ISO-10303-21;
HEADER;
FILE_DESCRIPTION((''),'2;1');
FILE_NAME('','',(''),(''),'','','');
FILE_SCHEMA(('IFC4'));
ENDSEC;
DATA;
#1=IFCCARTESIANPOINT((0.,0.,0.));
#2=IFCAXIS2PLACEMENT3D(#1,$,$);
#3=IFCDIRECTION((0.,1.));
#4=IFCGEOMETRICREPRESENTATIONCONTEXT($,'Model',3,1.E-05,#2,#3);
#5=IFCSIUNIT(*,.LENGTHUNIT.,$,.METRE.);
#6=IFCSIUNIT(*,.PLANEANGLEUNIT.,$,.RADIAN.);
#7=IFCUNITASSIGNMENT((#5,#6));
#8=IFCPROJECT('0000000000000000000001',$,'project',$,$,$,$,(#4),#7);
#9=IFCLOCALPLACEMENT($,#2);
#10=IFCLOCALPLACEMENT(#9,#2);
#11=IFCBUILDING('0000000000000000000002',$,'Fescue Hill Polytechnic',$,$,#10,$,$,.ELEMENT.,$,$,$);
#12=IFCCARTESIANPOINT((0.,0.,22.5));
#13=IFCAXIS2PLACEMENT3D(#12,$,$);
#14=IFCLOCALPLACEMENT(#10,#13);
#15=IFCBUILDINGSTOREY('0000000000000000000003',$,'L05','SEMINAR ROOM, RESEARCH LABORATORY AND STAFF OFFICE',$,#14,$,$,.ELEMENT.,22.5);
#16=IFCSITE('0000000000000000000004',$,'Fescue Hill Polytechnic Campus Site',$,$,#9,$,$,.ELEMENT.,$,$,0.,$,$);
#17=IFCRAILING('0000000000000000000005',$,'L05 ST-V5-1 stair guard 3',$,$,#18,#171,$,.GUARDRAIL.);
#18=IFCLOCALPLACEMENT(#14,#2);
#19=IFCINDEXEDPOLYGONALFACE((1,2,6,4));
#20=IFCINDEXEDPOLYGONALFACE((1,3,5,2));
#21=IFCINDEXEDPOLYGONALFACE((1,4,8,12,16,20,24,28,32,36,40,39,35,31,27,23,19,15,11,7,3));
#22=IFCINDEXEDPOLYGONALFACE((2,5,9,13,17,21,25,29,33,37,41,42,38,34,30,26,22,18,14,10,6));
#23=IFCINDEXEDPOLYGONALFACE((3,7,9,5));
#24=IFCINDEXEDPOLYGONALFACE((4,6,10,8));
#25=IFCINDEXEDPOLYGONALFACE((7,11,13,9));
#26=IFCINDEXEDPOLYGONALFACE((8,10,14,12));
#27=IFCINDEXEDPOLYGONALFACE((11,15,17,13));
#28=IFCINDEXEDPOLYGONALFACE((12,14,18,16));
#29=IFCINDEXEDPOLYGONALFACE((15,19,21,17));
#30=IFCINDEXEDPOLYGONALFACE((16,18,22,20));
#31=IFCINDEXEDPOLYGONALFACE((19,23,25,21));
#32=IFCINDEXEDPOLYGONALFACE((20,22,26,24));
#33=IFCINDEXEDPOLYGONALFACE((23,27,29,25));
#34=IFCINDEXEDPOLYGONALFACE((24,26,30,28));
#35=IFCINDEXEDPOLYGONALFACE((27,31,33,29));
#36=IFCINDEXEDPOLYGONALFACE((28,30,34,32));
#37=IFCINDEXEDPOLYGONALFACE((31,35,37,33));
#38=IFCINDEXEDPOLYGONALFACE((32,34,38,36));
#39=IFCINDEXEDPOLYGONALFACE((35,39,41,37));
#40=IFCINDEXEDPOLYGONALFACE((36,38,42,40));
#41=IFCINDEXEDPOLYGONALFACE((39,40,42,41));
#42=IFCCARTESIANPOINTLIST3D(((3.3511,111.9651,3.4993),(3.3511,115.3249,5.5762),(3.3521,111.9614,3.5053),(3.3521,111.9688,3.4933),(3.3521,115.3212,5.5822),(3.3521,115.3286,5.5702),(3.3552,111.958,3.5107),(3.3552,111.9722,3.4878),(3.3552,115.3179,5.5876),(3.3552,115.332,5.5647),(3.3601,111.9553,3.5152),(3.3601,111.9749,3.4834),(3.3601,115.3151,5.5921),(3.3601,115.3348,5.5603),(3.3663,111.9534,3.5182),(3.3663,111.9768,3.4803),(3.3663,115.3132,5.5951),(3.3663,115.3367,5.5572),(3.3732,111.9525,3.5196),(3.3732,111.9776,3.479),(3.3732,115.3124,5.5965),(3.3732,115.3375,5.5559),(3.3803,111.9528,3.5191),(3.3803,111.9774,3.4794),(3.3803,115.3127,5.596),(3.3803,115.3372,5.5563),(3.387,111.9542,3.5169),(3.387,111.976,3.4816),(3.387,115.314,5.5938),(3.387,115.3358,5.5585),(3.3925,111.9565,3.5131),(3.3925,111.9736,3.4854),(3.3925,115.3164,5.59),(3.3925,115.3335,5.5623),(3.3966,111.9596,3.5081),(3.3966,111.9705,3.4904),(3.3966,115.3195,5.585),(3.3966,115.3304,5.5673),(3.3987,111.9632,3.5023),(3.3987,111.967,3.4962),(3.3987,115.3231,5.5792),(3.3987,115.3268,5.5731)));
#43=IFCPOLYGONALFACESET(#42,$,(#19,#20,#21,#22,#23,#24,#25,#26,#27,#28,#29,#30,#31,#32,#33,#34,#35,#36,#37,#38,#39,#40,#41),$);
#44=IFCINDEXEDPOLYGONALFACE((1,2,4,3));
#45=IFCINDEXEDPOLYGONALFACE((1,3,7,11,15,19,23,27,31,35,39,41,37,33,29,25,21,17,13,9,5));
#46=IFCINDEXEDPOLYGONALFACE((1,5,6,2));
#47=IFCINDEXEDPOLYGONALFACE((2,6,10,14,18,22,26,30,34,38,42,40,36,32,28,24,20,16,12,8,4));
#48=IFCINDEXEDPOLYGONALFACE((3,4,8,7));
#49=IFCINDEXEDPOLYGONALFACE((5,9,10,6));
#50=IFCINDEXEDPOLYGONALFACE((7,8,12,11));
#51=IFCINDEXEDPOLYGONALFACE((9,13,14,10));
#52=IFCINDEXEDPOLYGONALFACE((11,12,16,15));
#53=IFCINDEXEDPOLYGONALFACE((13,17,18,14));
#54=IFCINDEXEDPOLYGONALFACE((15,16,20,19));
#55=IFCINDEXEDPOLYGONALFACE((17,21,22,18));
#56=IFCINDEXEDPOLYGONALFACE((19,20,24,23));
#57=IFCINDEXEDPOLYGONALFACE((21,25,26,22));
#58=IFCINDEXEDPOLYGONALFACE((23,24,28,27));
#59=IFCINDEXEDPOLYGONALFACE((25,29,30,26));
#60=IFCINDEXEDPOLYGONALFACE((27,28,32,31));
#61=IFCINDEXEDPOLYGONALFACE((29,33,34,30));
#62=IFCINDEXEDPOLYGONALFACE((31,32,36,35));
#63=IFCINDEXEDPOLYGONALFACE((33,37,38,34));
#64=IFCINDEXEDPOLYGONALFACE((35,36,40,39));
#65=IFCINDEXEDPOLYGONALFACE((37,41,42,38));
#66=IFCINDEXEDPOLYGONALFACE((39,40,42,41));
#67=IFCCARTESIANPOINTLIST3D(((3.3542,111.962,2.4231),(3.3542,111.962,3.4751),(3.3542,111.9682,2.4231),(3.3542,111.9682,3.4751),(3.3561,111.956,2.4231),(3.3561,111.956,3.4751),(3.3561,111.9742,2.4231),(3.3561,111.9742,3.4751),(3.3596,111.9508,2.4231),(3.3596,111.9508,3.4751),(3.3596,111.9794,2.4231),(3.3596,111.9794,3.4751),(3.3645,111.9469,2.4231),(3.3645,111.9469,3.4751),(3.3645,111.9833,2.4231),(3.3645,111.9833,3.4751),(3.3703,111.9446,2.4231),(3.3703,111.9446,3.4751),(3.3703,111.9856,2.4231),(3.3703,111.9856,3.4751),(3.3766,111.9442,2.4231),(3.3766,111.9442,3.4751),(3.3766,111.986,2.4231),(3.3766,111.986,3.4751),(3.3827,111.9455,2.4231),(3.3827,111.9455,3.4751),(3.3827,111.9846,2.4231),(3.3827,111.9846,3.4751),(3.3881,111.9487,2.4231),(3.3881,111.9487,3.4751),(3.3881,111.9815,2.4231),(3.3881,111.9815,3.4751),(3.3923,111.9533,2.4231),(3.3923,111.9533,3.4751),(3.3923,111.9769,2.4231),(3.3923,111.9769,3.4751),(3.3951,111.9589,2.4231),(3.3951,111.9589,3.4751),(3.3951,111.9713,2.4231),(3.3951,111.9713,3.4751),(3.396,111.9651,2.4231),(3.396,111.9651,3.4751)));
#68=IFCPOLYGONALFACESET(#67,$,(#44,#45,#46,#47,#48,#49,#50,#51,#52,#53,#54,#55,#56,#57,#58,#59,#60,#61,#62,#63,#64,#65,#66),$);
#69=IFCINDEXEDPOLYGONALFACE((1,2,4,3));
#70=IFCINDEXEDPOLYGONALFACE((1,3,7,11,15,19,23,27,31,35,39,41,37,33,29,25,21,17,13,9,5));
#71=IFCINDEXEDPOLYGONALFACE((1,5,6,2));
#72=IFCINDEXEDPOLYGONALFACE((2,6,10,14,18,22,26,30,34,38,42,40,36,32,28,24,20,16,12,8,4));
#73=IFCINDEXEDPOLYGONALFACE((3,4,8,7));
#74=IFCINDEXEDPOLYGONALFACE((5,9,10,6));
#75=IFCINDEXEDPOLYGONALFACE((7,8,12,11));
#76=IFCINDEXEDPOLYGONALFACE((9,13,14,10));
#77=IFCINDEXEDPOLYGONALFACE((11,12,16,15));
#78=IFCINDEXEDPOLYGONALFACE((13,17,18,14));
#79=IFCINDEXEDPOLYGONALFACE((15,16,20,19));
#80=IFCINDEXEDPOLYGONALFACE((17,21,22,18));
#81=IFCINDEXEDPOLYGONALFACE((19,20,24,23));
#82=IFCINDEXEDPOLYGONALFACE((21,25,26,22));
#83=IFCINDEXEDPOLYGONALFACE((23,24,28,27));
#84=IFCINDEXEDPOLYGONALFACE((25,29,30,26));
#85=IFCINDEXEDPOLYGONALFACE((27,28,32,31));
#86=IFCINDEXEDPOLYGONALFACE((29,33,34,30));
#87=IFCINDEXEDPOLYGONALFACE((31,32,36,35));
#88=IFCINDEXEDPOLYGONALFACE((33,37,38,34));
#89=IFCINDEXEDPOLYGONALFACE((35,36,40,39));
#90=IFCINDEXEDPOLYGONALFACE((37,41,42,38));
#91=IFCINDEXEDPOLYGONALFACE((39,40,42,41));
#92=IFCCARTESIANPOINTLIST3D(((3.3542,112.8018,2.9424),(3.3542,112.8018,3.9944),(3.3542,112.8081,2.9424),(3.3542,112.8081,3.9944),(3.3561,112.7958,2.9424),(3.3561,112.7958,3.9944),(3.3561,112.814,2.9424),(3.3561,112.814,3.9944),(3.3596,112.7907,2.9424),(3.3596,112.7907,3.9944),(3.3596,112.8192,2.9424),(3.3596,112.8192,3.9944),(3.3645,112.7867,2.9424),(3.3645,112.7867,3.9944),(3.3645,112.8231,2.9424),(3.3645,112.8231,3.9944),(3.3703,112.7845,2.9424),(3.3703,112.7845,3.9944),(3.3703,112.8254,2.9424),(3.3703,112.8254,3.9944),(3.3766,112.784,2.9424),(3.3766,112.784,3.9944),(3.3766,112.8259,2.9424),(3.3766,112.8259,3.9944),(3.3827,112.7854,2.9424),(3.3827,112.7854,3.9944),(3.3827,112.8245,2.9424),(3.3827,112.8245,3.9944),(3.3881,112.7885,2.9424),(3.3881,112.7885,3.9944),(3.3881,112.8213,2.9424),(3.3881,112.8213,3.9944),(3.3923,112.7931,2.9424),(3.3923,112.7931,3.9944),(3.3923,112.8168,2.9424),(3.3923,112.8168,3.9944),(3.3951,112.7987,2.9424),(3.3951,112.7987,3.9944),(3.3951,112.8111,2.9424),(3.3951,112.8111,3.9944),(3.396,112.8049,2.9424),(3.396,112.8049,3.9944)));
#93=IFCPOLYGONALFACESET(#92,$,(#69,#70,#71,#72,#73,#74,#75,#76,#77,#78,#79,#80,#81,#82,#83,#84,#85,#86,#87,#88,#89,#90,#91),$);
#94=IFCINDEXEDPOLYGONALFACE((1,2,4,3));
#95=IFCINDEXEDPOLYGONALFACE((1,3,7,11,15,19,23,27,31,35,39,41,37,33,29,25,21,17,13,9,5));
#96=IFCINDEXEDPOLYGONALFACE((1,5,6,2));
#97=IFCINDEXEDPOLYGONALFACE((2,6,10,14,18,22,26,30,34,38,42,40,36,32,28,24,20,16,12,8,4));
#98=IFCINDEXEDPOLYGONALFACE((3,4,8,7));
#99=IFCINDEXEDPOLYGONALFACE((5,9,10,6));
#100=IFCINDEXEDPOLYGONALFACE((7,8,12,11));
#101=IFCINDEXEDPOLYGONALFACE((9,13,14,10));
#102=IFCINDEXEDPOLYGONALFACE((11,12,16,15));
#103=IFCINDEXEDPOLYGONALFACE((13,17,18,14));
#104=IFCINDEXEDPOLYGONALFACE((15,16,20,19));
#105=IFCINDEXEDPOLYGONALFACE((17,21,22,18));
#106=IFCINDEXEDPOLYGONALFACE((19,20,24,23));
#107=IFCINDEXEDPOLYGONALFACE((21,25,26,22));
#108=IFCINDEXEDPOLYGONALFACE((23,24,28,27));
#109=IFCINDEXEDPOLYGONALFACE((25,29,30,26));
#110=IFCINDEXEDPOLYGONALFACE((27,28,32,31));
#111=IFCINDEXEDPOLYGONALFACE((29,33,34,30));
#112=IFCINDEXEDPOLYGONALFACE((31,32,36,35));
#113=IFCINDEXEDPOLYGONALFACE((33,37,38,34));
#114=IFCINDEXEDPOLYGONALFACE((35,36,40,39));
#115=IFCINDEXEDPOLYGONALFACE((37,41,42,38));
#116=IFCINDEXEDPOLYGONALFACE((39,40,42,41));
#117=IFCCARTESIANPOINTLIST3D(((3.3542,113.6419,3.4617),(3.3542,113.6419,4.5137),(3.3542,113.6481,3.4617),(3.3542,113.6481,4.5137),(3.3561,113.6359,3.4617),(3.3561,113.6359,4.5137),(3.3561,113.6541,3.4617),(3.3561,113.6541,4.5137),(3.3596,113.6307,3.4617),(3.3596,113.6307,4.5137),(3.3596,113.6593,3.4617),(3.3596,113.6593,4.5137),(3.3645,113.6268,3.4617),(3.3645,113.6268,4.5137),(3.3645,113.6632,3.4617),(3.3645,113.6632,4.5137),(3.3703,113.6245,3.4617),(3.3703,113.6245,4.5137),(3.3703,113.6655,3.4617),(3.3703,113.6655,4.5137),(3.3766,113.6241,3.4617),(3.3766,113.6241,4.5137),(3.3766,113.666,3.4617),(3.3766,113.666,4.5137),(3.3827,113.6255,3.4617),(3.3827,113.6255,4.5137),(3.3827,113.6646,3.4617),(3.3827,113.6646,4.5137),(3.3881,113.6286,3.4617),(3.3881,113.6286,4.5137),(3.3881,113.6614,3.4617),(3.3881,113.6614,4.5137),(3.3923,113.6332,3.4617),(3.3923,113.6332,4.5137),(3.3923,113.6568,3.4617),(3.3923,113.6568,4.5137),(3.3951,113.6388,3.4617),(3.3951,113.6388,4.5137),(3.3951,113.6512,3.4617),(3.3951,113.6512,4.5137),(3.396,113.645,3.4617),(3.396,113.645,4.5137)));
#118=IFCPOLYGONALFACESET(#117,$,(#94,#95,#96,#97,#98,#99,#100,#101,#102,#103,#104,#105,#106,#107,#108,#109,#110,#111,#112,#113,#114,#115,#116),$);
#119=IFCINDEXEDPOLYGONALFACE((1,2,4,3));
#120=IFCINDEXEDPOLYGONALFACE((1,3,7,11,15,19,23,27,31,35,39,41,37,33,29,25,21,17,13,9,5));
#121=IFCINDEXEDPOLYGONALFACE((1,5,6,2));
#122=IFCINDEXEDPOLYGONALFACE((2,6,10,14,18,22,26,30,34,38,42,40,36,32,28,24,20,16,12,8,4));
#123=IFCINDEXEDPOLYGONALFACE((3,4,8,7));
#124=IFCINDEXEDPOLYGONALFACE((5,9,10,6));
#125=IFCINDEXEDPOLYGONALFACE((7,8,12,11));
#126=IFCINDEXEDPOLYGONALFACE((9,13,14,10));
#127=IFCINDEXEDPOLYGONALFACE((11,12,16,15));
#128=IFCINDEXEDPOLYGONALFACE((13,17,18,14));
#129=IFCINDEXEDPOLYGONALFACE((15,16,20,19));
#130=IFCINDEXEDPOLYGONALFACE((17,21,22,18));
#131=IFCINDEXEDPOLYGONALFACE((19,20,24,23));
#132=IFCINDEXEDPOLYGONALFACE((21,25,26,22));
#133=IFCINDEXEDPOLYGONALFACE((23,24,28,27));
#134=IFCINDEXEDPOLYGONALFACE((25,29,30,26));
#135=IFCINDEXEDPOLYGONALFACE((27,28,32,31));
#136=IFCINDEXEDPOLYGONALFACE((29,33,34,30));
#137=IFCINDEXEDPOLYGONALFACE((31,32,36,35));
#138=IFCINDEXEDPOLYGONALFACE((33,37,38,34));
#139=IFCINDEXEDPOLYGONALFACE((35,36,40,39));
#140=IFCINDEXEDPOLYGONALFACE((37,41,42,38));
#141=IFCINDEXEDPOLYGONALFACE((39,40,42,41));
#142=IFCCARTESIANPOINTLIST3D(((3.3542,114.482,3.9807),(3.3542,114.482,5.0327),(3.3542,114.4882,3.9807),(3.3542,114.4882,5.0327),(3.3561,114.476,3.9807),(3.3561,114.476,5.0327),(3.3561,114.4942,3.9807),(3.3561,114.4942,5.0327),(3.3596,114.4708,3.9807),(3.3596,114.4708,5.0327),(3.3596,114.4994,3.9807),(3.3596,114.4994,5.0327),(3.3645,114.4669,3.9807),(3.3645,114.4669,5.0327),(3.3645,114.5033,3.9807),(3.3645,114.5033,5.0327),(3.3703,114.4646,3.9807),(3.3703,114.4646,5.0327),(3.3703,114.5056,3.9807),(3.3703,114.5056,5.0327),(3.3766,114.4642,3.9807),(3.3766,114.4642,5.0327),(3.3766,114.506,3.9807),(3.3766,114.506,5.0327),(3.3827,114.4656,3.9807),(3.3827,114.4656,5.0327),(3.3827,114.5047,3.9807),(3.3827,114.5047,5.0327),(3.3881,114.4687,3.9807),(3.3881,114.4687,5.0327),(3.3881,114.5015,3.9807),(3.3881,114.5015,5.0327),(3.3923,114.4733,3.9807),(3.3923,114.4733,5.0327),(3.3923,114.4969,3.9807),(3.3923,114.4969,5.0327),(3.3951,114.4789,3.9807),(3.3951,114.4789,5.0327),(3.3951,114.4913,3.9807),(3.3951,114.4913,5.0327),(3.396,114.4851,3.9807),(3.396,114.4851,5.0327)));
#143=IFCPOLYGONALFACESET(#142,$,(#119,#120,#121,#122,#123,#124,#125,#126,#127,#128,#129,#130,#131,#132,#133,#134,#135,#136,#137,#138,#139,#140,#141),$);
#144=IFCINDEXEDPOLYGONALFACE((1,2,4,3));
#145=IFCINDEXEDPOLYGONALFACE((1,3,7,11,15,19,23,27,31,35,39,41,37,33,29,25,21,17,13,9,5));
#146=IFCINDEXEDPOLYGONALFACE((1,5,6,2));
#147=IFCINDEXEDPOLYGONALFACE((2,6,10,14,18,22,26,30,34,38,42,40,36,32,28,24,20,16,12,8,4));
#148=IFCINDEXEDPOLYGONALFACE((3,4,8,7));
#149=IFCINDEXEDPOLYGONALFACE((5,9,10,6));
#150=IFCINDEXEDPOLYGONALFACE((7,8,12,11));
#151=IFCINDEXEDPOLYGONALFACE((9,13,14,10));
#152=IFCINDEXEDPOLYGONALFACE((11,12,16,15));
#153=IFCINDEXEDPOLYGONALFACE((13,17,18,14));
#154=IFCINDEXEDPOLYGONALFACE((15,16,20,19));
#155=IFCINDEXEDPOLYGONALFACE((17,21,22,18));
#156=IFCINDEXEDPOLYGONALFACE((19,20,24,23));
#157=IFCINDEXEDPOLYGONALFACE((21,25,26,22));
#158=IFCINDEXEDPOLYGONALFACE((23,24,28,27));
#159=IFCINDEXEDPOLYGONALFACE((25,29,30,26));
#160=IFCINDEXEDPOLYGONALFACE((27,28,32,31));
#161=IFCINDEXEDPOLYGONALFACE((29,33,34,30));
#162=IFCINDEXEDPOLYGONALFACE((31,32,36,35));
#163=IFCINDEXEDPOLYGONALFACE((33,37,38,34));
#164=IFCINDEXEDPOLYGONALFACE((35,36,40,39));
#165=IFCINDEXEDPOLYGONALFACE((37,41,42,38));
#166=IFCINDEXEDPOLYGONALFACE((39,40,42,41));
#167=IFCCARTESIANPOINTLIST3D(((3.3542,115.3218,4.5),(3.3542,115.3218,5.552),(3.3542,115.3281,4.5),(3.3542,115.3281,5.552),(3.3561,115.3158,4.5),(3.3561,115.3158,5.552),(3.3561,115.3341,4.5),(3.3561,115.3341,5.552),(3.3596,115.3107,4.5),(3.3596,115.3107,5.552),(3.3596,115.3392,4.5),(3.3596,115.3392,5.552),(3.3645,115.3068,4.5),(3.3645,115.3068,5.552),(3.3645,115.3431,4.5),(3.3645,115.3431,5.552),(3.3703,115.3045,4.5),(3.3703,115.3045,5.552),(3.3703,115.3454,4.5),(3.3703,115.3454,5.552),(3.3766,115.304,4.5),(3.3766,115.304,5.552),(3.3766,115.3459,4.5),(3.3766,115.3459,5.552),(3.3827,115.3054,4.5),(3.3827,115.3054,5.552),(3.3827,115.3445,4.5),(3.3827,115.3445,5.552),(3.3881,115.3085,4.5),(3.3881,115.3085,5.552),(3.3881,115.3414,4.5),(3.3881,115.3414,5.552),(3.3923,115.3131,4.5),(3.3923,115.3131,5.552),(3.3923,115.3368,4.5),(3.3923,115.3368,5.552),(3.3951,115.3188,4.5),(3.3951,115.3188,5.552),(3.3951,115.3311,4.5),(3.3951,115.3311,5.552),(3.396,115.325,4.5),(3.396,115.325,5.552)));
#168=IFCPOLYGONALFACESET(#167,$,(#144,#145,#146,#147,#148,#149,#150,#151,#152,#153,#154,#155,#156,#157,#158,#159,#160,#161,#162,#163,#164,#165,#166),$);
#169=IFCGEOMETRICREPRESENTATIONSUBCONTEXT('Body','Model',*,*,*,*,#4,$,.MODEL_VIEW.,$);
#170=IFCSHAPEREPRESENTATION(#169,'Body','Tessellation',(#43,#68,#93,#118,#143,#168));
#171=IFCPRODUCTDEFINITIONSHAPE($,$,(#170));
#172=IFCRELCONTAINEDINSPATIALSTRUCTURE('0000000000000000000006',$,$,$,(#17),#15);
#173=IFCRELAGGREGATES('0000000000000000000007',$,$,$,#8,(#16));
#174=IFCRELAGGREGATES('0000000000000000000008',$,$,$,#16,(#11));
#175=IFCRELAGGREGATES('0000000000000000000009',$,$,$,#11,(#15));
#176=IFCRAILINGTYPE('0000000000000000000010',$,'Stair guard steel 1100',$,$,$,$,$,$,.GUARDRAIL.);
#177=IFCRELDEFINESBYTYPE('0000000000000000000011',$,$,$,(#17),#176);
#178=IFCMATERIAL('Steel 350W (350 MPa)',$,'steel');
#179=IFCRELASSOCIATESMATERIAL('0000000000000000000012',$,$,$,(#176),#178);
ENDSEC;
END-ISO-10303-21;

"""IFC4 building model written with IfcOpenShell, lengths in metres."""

from ifc_helpers import new_model, si_unit, direction, frame, origin, origin_2d, place, context, subcontext, project, spatial, circle, extrude, material, type_object, element, save


model = new_model("IFC4")

# Units and contexts
model_context = context("Model", 3, precision=1e-05, world=origin(), true_north=direction((0.0, 1.0)))
body_context = subcontext(model_context, "Body", "Model", "MODEL_VIEW")
ifc_project = project(units=[si_unit("LENGTHUNIT", "METRE"), si_unit("PLANEANGLEUNIT", "RADIAN")], contexts=[model_context])

# Site, building, storey
site_placement = place(None, origin())
site = spatial("IfcSite", under=ifc_project, at=site_placement, Name="Fescue Hill Polytechnic Campus Site", CompositionType="ELEMENT", RefElevation=0.0)
building_placement = place(site_placement, origin())
building = spatial("IfcBuilding", under=site, at=building_placement, Name="Fescue Hill Polytechnic", CompositionType="ELEMENT")
storey_placement = place(building_placement, frame((0.0, 0.0, 22.5)))
storey = spatial("IfcBuildingStorey", under=building, at=storey_placement, Name="L05", Description="SEMINAR ROOM, RESEARCH LABORATORY AND STAFF OFFICE", CompositionType="ELEMENT", Elevation=22.5)

# Railing
ifc_material_1 = material(Name="Steel 350W (350 MPa)", Category="steel")
railing_type_1 = type_object("IfcRailingType", Name="Stair guard steel 1100", PredefinedType="GUARDRAIL", material=ifc_material_1)
railing_1_placement = place(storey_placement, frame((3.375, 111.9651, 2.4231)))
element("IfcRailing", 1, at=railing_1_placement, inside=storey, type_object=railing_type_1, Name="L05 ST-V5-1 stair guard 3", PredefinedType="GUARDRAIL", context=body_context, shape_type="SweptSolid", body=[
    extrude(circle(Radius=0.0239, at=origin_2d()), frame((0.0, 0.0, 1.0762), z_axis=(0.0, 0.850606, 0.525803), x_axis=(-1.0, 0.0, 0.0)), (0.0, 0.0, 1.0), 3.95),
    extrude(circle(Radius=0.021, at=origin_2d()), origin(), (0.0, 0.0, 1.0), 1.052),
    extrude(circle(Radius=0.021, at=origin_2d()), frame((0.0, 0.8398, 0.5193)), (0.0, 0.0, 1.0), 1.052),
    extrude(circle(Radius=0.021, at=origin_2d()), frame((0.0, 1.6799, 1.0386)), (0.0, 0.0, 1.0), 1.052),
    extrude(circle(Radius=0.021, at=origin_2d()), frame((0.0, 2.52, 1.5576)), (0.0, 0.0, 1.0), 1.052),
    extrude(circle(Radius=0.021, at=origin_2d()), frame((0.0, 3.3599, 2.0769)), (0.0, 0.0, 1.0), 1.052),
])

save(model, "model.ifc")
